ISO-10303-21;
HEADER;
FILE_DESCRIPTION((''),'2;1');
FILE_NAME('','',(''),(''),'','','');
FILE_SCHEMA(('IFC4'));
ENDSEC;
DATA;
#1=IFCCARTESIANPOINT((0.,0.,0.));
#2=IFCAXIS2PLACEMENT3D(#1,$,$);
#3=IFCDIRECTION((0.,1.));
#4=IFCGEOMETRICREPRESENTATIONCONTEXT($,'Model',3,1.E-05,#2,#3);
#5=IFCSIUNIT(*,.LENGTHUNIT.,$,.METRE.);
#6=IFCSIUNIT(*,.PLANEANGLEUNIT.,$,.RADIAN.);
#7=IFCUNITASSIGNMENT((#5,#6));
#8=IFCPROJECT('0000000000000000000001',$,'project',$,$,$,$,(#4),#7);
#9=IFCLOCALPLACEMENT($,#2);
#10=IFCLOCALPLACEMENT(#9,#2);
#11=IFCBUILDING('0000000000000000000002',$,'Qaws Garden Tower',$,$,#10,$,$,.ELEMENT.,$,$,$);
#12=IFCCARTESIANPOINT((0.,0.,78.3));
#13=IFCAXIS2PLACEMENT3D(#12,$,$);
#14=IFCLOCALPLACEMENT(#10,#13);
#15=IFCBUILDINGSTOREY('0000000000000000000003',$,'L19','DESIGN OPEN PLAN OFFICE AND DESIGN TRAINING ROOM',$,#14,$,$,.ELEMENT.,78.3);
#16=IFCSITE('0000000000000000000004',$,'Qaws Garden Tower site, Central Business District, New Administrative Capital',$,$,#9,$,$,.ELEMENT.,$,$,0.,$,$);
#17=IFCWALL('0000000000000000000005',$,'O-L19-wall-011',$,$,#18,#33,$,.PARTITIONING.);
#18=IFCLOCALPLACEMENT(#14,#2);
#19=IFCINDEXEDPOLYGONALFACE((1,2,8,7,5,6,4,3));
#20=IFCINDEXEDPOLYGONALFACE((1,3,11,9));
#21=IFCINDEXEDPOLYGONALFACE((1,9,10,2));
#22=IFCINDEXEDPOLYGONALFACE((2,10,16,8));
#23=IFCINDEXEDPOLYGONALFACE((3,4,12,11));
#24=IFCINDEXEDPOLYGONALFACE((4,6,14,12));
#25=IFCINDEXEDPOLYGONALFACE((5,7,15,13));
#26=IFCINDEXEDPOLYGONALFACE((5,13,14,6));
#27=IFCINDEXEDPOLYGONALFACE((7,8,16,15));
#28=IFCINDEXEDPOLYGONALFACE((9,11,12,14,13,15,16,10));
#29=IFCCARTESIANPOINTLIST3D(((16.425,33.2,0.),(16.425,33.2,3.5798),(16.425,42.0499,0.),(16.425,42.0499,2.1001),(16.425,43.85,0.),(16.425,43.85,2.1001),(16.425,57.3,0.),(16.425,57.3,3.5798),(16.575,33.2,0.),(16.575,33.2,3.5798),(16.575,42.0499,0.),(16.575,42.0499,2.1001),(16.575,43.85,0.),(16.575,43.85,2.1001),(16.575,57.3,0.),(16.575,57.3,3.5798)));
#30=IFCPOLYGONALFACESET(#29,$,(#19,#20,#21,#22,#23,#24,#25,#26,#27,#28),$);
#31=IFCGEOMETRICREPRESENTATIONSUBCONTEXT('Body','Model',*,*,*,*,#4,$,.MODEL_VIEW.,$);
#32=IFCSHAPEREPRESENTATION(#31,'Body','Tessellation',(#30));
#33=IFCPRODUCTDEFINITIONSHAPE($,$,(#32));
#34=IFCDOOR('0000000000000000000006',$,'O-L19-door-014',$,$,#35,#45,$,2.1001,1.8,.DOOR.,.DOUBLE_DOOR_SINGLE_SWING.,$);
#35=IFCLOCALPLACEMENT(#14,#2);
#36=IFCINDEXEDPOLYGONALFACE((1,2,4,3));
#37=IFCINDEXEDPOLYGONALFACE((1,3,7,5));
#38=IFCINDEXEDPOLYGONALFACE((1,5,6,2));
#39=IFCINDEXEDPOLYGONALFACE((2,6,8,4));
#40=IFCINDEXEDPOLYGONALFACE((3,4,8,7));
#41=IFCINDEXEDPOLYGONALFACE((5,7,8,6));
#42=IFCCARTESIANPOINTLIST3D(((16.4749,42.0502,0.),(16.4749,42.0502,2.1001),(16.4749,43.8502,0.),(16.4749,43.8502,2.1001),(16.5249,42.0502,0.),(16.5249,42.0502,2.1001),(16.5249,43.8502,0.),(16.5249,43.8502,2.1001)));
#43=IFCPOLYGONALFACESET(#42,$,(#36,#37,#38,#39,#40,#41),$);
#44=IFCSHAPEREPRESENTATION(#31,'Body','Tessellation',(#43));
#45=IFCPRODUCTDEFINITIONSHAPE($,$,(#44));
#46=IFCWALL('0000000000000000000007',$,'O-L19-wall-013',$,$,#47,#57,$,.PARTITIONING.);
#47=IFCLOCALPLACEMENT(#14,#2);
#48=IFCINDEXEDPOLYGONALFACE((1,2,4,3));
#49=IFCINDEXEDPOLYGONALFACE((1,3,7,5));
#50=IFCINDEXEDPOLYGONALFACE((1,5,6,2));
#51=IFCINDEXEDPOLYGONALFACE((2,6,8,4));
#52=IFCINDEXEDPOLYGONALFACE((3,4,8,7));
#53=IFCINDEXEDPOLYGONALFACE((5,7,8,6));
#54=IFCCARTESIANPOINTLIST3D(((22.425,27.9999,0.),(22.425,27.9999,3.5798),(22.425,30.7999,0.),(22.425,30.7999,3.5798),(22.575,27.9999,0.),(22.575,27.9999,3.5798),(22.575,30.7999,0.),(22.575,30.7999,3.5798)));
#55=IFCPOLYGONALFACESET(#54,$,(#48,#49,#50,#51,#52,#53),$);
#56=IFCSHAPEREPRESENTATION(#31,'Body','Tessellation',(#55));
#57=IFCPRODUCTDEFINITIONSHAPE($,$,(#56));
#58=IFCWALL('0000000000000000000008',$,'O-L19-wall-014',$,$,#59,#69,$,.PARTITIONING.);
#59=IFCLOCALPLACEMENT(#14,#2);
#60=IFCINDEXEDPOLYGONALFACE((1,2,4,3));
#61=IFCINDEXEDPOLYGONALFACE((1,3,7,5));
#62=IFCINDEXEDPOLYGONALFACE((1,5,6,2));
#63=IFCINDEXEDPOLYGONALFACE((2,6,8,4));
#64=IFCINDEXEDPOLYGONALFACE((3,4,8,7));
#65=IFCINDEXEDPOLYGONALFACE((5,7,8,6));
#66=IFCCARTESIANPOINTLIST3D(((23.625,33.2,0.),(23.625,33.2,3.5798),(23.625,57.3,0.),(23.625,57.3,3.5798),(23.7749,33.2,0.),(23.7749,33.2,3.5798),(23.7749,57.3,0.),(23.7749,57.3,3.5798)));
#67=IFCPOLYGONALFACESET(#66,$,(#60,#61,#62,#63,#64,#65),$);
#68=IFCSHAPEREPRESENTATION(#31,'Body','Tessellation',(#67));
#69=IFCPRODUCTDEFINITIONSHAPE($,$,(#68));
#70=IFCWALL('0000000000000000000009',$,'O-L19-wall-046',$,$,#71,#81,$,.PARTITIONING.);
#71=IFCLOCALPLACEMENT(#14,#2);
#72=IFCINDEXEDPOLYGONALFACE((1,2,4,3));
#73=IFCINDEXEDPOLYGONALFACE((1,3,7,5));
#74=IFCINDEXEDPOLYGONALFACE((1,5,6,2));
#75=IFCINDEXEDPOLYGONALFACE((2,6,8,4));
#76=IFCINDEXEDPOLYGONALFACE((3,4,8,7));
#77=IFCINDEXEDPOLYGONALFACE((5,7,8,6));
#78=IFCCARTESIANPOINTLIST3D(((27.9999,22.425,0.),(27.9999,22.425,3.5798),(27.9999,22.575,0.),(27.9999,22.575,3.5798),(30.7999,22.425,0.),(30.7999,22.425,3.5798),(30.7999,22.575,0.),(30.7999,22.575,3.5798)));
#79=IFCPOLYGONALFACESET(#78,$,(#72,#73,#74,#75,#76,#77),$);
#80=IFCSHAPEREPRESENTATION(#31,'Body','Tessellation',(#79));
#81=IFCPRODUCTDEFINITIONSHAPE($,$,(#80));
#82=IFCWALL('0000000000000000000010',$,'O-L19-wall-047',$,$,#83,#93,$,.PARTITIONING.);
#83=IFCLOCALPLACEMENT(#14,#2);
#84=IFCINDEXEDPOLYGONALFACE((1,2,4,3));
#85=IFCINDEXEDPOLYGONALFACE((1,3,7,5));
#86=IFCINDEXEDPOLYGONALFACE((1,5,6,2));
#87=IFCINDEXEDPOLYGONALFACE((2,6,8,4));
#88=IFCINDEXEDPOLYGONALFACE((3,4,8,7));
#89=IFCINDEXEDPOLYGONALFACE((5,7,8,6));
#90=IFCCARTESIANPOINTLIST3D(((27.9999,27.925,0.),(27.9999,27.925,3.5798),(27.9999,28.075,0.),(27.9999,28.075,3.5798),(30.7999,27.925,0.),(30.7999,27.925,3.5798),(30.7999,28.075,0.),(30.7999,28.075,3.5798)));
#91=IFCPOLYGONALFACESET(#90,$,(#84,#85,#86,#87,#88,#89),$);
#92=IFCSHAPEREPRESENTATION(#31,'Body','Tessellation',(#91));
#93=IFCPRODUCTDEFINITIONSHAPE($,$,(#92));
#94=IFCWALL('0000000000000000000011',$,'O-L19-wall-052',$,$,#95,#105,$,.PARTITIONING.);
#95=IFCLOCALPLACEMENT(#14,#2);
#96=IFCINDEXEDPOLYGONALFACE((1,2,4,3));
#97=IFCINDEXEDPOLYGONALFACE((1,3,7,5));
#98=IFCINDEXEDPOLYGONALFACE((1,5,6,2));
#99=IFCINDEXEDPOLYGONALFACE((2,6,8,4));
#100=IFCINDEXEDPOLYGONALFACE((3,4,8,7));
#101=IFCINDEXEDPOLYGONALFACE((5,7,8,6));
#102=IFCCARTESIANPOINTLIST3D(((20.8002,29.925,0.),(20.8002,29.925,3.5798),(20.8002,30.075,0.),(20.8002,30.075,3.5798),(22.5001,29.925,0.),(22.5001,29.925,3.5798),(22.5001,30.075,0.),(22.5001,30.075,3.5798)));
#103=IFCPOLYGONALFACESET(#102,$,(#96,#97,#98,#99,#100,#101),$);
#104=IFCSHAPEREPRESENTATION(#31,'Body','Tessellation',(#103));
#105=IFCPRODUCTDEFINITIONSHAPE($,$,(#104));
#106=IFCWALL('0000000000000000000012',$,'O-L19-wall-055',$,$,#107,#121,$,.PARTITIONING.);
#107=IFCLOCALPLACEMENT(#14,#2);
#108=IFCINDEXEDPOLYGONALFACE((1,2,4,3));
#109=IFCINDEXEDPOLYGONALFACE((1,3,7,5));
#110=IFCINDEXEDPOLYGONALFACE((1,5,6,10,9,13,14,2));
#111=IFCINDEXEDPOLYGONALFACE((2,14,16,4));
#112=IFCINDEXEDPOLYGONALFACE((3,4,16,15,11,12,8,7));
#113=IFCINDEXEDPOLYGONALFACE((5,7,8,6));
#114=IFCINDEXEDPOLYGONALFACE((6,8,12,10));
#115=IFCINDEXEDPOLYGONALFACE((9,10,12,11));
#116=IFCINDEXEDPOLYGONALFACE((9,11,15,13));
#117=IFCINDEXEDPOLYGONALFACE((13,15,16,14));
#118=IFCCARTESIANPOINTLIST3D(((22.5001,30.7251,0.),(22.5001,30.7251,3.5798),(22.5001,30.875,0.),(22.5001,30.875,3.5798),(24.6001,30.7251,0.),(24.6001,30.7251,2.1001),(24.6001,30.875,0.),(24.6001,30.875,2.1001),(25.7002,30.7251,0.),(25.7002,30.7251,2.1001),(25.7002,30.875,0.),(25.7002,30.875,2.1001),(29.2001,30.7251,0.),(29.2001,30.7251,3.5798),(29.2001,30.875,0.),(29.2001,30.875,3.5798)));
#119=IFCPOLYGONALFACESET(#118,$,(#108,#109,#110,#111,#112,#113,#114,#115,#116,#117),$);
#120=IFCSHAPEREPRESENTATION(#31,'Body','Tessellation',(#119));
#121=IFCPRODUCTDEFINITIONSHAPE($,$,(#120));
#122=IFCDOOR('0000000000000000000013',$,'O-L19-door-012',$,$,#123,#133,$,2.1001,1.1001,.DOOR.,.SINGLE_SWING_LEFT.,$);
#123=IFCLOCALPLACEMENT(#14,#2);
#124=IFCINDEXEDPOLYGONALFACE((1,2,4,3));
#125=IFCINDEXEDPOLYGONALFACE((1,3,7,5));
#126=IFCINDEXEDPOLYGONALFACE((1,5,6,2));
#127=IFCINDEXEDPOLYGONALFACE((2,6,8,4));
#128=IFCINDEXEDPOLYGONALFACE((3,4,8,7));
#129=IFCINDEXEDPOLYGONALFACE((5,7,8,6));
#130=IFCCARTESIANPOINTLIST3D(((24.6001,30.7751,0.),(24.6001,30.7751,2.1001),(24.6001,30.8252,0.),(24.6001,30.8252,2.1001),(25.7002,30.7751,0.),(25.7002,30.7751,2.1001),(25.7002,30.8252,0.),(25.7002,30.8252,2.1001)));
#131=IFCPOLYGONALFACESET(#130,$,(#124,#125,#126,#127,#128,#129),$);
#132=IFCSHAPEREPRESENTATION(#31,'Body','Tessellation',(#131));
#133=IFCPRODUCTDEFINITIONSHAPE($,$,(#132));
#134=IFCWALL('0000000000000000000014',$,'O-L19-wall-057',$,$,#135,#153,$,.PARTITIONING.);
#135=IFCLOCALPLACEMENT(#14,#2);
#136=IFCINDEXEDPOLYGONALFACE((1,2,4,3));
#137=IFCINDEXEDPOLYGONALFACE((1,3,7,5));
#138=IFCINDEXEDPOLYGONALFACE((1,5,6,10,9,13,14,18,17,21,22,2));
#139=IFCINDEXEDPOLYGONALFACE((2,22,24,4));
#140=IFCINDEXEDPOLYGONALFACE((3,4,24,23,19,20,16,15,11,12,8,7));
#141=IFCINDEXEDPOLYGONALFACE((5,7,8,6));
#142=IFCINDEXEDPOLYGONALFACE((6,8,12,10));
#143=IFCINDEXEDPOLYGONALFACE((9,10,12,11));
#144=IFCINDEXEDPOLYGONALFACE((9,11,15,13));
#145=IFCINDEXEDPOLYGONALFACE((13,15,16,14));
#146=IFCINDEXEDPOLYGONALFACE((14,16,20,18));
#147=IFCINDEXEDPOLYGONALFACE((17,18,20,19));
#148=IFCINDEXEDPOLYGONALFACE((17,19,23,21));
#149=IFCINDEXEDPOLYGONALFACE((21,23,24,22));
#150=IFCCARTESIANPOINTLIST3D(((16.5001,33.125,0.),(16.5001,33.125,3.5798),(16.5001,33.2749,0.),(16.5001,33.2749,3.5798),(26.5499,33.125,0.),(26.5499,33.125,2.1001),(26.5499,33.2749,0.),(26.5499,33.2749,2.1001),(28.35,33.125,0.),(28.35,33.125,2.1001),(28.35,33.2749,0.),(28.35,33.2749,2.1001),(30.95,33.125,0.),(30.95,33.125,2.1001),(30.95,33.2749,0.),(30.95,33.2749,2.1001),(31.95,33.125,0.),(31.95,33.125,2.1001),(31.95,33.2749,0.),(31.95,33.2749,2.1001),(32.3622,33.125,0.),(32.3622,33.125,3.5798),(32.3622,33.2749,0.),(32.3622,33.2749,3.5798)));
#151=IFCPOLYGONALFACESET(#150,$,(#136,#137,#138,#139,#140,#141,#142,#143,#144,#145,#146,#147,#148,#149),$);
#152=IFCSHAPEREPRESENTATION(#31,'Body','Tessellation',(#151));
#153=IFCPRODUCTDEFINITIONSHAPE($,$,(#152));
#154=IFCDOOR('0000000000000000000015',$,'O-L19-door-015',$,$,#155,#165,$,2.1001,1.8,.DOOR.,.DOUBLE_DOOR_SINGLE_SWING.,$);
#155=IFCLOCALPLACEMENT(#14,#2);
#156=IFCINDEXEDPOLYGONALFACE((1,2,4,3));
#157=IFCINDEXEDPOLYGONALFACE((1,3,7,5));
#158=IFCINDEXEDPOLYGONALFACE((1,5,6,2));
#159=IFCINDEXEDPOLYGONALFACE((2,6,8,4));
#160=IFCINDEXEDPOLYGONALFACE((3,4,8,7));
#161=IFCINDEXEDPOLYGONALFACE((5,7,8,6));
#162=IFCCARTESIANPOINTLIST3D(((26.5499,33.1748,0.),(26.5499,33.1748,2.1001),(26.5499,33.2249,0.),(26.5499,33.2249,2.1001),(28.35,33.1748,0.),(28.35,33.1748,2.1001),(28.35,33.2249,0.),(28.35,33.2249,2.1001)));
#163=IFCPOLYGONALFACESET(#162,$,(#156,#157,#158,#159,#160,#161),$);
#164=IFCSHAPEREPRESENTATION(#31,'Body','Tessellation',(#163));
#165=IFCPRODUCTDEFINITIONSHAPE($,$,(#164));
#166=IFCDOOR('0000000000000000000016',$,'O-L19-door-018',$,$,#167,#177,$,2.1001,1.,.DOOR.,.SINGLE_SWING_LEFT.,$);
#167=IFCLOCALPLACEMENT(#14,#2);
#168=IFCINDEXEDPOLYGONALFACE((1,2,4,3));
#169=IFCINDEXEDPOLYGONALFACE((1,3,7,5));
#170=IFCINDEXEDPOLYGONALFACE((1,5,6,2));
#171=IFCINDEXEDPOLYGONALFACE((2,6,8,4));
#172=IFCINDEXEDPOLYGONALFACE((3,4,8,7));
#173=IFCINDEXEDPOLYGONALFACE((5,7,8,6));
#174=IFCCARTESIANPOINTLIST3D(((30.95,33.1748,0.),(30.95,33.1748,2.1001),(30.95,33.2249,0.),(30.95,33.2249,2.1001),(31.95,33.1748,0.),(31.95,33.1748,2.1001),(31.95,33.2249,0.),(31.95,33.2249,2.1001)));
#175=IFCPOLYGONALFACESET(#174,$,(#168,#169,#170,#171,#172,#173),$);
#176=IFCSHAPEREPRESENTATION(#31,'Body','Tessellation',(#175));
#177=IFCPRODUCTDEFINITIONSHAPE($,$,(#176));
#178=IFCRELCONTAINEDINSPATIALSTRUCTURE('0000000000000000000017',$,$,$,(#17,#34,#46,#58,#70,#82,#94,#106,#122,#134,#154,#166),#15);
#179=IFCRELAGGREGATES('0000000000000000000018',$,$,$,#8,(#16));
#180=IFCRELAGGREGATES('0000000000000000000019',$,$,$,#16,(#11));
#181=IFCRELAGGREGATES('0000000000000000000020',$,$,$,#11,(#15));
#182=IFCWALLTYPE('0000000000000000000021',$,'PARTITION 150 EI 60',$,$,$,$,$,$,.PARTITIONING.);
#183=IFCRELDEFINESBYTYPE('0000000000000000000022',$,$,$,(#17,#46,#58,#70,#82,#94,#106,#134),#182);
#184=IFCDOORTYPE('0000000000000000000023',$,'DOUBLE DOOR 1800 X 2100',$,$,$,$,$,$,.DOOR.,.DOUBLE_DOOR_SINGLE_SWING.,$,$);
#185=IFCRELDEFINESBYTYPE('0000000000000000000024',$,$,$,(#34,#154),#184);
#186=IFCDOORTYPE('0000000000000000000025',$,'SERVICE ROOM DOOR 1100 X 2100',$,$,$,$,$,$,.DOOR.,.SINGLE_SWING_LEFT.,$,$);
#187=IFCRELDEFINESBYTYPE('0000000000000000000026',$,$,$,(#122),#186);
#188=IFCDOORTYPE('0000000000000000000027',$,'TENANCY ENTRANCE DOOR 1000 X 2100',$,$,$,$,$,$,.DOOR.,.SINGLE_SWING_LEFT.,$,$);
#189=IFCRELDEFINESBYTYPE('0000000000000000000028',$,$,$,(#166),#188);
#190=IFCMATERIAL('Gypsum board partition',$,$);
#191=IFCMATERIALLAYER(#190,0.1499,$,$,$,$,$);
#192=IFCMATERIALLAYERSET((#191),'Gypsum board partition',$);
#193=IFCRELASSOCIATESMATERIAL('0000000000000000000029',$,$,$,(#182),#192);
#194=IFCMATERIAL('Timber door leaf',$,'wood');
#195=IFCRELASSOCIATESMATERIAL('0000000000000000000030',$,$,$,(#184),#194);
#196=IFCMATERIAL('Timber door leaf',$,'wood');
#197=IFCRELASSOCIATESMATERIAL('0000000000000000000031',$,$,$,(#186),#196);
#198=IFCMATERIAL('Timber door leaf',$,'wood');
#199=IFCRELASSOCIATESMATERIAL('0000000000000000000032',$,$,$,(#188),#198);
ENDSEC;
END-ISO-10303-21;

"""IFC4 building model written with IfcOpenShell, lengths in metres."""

from ifc_helpers import new_model, si_unit, direction, frame, frame_2d, origin, place, context, subcontext, project, spatial, rectangle, extrude, material, layer, layer_set, type_object, element, fill, save


model = new_model("IFC4")

# Units and contexts
model_context = context("Model", 3, precision=1e-05, world=origin(), true_north=direction((0.0, 1.0)))
body_context = subcontext(model_context, "Body", "Model", "MODEL_VIEW")
ifc_project = project(units=[si_unit("LENGTHUNIT", "METRE"), si_unit("PLANEANGLEUNIT", "RADIAN")], contexts=[model_context])

# Site, building, storey
site_placement = place(None, origin())
site = spatial("IfcSite", under=ifc_project, at=site_placement, Name="Qaws Garden Tower site, Central Business District, New Administrative Capital", CompositionType="ELEMENT", RefElevation=0.0)
building_placement = place(site_placement, origin())
building = spatial("IfcBuilding", under=site, at=building_placement, Name="Qaws Garden Tower", CompositionType="ELEMENT")
storey_placement = place(building_placement, frame((0.0, 0.0, 78.3)))
storey = spatial("IfcBuildingStorey", under=building, at=storey_placement, Name="L19", Description="DESIGN OPEN PLAN OFFICE AND DESIGN TRAINING ROOM", CompositionType="ELEMENT", Elevation=78.3)

# Wall, opening, door
ifc_material_1 = material(Name="Gypsum board partition")
ifc_layer_1 = layer(ifc_material_1, 0.1499)
ifc_layer_set_1 = layer_set([ifc_layer_1], Name="Gypsum board partition")
wall_type_1 = type_object("IfcWallType", Name="PARTITION 150 EI 60", PredefinedType="PARTITIONING", material=ifc_layer_set_1)
wall_1_placement = place(storey_placement, frame((16.5, 33.2, 0.0), z_axis=(0.0, 0.0, 1.0), x_axis=(0.0, 1.0, 0.0)))
wall_1 = element("IfcWall", 1, at=wall_1_placement, inside=storey, type_object=wall_type_1, Name="O-L19-wall-011", PredefinedType="PARTITIONING", context=body_context, shape_type="SweptSolid", body=[
    extrude(rectangle(XDim=24.1001, YDim=0.1499, at=frame_2d((12.05, 0.0))), origin(), (0.0, 0.0, 1.0), 3.5798),
])
opening_1_placement = place(wall_1_placement, frame((8.8501, 0.0, 0.0)))
opening_1 = element("IfcOpeningElement", 2, at=opening_1_placement, cuts=wall_1, PredefinedType="OPENING", context=body_context, shape_type="SweptSolid", body=[
    extrude(rectangle(XDim=1.8, YDim=2.1001, at=frame_2d((0.8999, 1.05))), frame((0.0, 0.085, 0.0), z_axis=(0.0, -1.0, 0.0), x_axis=(1.0, 0.0, 0.0)), (0.0, 0.0, 1.0), 0.1699),
])
ifc_material_2 = material(Name="Timber door leaf", Category="wood")
door_type_1 = type_object("IfcDoorType", Name="DOUBLE DOOR 1800 X 2100", OperationType="DOUBLE_DOOR_SINGLE_SWING", PredefinedType="DOOR", material=ifc_material_2)
door_1_placement = place(opening_1_placement, frame((1.8, 0.0, 0.0), z_axis=(0.0, 0.0, 1.0), x_axis=(-1.0, 0.0, 0.0)))
door_1 = element("IfcDoor", 3, at=door_1_placement, inside=storey, type_object=door_type_1, Name="O-L19-door-014", OperationType="DOUBLE_DOOR_SINGLE_SWING", OverallHeight=2.1001, OverallWidth=1.8, PredefinedType="DOOR", context=body_context, shape_type="SweptSolid", body=[
    extrude(rectangle(XDim=1.8, YDim=2.1001, at=frame_2d((0.8999, 1.05))), frame((0.0, 0.0249, 0.0), z_axis=(0.0, -1.0, 0.0), x_axis=(1.0, 0.0, 0.0)), (0.0, 0.0, 1.0), 0.05),
])
fill(opening_1, door_1)

# Walls
wall_2_placement = place(storey_placement, frame((22.5, 28.0, 0.0), z_axis=(0.0, 0.0, 1.0), x_axis=(0.0, 1.0, 0.0)))
element("IfcWall", 4, at=wall_2_placement, inside=storey, type_object=wall_type_1, Name="O-L19-wall-013", PredefinedType="PARTITIONING", context=body_context, shape_type="SweptSolid", body=[
    extrude(rectangle(XDim=2.8, YDim=0.1499, at=frame_2d((1.3999, 0.0))), origin(), (0.0, 0.0, 1.0), 3.5798),
])
wall_3_placement = place(storey_placement, frame((23.7, 33.2, 0.0), z_axis=(0.0, 0.0, 1.0), x_axis=(0.0, 1.0, 0.0)))
element("IfcWall", 5, at=wall_3_placement, inside=storey, type_object=wall_type_1, Name="O-L19-wall-014", PredefinedType="PARTITIONING", context=body_context, shape_type="SweptSolid", body=[
    extrude(rectangle(XDim=24.1001, YDim=0.1499, at=frame_2d((12.05, 0.0))), origin(), (0.0, 0.0, 1.0), 3.5798),
])
for number, where, z_axis, x_axis, name in (
    (6, (28.0, 22.5, 0.0), (0.0, 0.0, 1.0), (1.0, 0.0, 0.0), "O-L19-wall-046"),
    (7, (28.0, 28.0, 0.0), (0.0, 0.0, 1.0), (1.0, 0.0, 0.0), "O-L19-wall-047"),
):
    element("IfcWall", number, at=place(storey_placement, frame(where, z_axis=z_axis, x_axis=x_axis)), inside=storey, type_object=wall_type_1, Name=name, PredefinedType="PARTITIONING", context=body_context, shape_type="SweptSolid", body=[
        extrude(rectangle(XDim=2.8, YDim=0.1499, at=frame_2d((1.3999, 0.0))), origin(), (0.0, 0.0, 1.0), 3.5798),
    ])
wall_4_placement = place(storey_placement, frame((20.8, 30.0, 0.0), z_axis=(0.0, 0.0, 1.0), x_axis=(1.0, 0.0, 0.0)))
element("IfcWall", 8, at=wall_4_placement, inside=storey, type_object=wall_type_1, Name="O-L19-wall-052", PredefinedType="PARTITIONING", context=body_context, shape_type="SweptSolid", body=[
    extrude(rectangle(XDim=1.7, YDim=0.1499, at=frame_2d((0.8501, 0.0))), origin(), (0.0, 0.0, 1.0), 3.5798),
])

# Wall, opening, door
wall_5_placement = place(storey_placement, frame((22.5, 30.8, 0.0), z_axis=(0.0, 0.0, 1.0), x_axis=(1.0, 0.0, 0.0)))
wall_5 = element("IfcWall", 9, at=wall_5_placement, inside=storey, type_object=wall_type_1, Name="O-L19-wall-055", PredefinedType="PARTITIONING", context=body_context, shape_type="SweptSolid", body=[
    extrude(rectangle(XDim=6.7, YDim=0.1499, at=frame_2d((3.3501, 0.0))), origin(), (0.0, 0.0, 1.0), 3.5798),
])
opening_2_placement = place(wall_5_placement, frame((2.1001, 0.0, 0.0)))
opening_2 = element("IfcOpeningElement", 10, at=opening_2_placement, cuts=wall_5, PredefinedType="OPENING", context=body_context, shape_type="SweptSolid", body=[
    extrude(rectangle(XDim=1.1001, YDim=2.1001, at=frame_2d((0.55, 1.05))), frame((0.0, 0.085, 0.0), z_axis=(0.0, -1.0, 0.0), x_axis=(1.0, 0.0, 0.0)), (0.0, 0.0, 1.0), 0.1699),
])
ifc_material_3 = material(Name="Timber door leaf", Category="wood")
door_type_2 = type_object("IfcDoorType", Name="SERVICE ROOM DOOR 1100 X 2100", OperationType="SINGLE_SWING_LEFT", PredefinedType="DOOR", material=ifc_material_3)
door_2_placement = place(opening_2_placement, frame((1.1001, 0.0, 0.0), z_axis=(0.0, 0.0, 1.0), x_axis=(-1.0, 0.0, 0.0)))
door_2 = element("IfcDoor", 11, at=door_2_placement, inside=storey, type_object=door_type_2, Name="O-L19-door-012", OperationType="SINGLE_SWING_LEFT", OverallHeight=2.1001, OverallWidth=1.1001, PredefinedType="DOOR", context=body_context, shape_type="SweptSolid", body=[
    extrude(rectangle(XDim=1.1001, YDim=2.1001, at=frame_2d((0.55, 1.05))), frame((0.0, 0.0249, 0.0), z_axis=(0.0, -1.0, 0.0), x_axis=(1.0, 0.0, 0.0)), (0.0, 0.0, 1.0), 0.05),
])
fill(opening_2, door_2)

# Wall, openings, doors
wall_6_placement = place(storey_placement, frame((16.5, 33.2, 0.0), z_axis=(0.0, 0.0, 1.0), x_axis=(1.0, 0.0, 0.0)))
wall_6 = element("IfcWall", 12, at=wall_6_placement, inside=storey, type_object=wall_type_1, Name="O-L19-wall-057", PredefinedType="PARTITIONING", context=body_context, shape_type="SweptSolid", body=[
    extrude(rectangle(XDim=15.8621, YDim=0.1499, at=frame_2d((7.9312, 0.0))), origin(), (0.0, 0.0, 1.0), 3.5798),
])
opening_3_placement = place(wall_6_placement, frame((10.05, 0.0, 0.0)))
opening_3 = element("IfcOpeningElement", 13, at=opening_3_placement, cuts=wall_6, PredefinedType="OPENING", context=body_context, shape_type="SweptSolid", body=[
    extrude(rectangle(XDim=1.8, YDim=2.1001, at=frame_2d((0.8999, 1.05))), frame((0.0, 0.085, 0.0), z_axis=(0.0, -1.0, 0.0), x_axis=(1.0, 0.0, 0.0)), (0.0, 0.0, 1.0), 0.1699),
])
opening_4_placement = place(wall_6_placement, frame((14.45, 0.0, 0.0)))
opening_4 = element("IfcOpeningElement", 14, at=opening_4_placement, cuts=wall_6, PredefinedType="OPENING", context=body_context, shape_type="SweptSolid", body=[
    extrude(rectangle(XDim=1.0, YDim=2.1001, at=frame_2d((0.5, 1.05))), frame((0.0, 0.085, 0.0), z_axis=(0.0, -1.0, 0.0), x_axis=(1.0, 0.0, 0.0)), (0.0, 0.0, 1.0), 0.1699),
])
door_3_placement = place(opening_3_placement, origin())
door_3 = element("IfcDoor", 15, at=door_3_placement, inside=storey, type_object=door_type_1, Name="O-L19-door-015", OperationType="DOUBLE_DOOR_SINGLE_SWING", OverallHeight=2.1001, OverallWidth=1.8, PredefinedType="DOOR", context=body_context, shape_type="SweptSolid", body=[
    extrude(rectangle(XDim=1.8, YDim=2.1001, at=frame_2d((0.8999, 1.05))), frame((0.0, 0.0249, 0.0), z_axis=(0.0, -1.0, 0.0), x_axis=(1.0, 0.0, 0.0)), (0.0, 0.0, 1.0), 0.05),
])
fill(opening_3, door_3)
ifc_material_4 = material(Name="Timber door leaf", Category="wood")
door_type_3 = type_object("IfcDoorType", Name="TENANCY ENTRANCE DOOR 1000 X 2100", OperationType="SINGLE_SWING_LEFT", PredefinedType="DOOR", material=ifc_material_4)
door_4_placement = place(opening_4_placement, origin())
door_4 = element("IfcDoor", 16, at=door_4_placement, inside=storey, type_object=door_type_3, Name="O-L19-door-018", OperationType="SINGLE_SWING_LEFT", OverallHeight=2.1001, OverallWidth=1.0, PredefinedType="DOOR", context=body_context, shape_type="SweptSolid", body=[
    extrude(rectangle(XDim=1.0, YDim=2.1001, at=frame_2d((0.5, 1.05))), frame((0.0, 0.0249, 0.0), z_axis=(0.0, -1.0, 0.0), x_axis=(1.0, 0.0, 0.0)), (0.0, 0.0, 1.0), 0.05),
])
fill(opening_4, door_4)

save(model, "model.ifc")
